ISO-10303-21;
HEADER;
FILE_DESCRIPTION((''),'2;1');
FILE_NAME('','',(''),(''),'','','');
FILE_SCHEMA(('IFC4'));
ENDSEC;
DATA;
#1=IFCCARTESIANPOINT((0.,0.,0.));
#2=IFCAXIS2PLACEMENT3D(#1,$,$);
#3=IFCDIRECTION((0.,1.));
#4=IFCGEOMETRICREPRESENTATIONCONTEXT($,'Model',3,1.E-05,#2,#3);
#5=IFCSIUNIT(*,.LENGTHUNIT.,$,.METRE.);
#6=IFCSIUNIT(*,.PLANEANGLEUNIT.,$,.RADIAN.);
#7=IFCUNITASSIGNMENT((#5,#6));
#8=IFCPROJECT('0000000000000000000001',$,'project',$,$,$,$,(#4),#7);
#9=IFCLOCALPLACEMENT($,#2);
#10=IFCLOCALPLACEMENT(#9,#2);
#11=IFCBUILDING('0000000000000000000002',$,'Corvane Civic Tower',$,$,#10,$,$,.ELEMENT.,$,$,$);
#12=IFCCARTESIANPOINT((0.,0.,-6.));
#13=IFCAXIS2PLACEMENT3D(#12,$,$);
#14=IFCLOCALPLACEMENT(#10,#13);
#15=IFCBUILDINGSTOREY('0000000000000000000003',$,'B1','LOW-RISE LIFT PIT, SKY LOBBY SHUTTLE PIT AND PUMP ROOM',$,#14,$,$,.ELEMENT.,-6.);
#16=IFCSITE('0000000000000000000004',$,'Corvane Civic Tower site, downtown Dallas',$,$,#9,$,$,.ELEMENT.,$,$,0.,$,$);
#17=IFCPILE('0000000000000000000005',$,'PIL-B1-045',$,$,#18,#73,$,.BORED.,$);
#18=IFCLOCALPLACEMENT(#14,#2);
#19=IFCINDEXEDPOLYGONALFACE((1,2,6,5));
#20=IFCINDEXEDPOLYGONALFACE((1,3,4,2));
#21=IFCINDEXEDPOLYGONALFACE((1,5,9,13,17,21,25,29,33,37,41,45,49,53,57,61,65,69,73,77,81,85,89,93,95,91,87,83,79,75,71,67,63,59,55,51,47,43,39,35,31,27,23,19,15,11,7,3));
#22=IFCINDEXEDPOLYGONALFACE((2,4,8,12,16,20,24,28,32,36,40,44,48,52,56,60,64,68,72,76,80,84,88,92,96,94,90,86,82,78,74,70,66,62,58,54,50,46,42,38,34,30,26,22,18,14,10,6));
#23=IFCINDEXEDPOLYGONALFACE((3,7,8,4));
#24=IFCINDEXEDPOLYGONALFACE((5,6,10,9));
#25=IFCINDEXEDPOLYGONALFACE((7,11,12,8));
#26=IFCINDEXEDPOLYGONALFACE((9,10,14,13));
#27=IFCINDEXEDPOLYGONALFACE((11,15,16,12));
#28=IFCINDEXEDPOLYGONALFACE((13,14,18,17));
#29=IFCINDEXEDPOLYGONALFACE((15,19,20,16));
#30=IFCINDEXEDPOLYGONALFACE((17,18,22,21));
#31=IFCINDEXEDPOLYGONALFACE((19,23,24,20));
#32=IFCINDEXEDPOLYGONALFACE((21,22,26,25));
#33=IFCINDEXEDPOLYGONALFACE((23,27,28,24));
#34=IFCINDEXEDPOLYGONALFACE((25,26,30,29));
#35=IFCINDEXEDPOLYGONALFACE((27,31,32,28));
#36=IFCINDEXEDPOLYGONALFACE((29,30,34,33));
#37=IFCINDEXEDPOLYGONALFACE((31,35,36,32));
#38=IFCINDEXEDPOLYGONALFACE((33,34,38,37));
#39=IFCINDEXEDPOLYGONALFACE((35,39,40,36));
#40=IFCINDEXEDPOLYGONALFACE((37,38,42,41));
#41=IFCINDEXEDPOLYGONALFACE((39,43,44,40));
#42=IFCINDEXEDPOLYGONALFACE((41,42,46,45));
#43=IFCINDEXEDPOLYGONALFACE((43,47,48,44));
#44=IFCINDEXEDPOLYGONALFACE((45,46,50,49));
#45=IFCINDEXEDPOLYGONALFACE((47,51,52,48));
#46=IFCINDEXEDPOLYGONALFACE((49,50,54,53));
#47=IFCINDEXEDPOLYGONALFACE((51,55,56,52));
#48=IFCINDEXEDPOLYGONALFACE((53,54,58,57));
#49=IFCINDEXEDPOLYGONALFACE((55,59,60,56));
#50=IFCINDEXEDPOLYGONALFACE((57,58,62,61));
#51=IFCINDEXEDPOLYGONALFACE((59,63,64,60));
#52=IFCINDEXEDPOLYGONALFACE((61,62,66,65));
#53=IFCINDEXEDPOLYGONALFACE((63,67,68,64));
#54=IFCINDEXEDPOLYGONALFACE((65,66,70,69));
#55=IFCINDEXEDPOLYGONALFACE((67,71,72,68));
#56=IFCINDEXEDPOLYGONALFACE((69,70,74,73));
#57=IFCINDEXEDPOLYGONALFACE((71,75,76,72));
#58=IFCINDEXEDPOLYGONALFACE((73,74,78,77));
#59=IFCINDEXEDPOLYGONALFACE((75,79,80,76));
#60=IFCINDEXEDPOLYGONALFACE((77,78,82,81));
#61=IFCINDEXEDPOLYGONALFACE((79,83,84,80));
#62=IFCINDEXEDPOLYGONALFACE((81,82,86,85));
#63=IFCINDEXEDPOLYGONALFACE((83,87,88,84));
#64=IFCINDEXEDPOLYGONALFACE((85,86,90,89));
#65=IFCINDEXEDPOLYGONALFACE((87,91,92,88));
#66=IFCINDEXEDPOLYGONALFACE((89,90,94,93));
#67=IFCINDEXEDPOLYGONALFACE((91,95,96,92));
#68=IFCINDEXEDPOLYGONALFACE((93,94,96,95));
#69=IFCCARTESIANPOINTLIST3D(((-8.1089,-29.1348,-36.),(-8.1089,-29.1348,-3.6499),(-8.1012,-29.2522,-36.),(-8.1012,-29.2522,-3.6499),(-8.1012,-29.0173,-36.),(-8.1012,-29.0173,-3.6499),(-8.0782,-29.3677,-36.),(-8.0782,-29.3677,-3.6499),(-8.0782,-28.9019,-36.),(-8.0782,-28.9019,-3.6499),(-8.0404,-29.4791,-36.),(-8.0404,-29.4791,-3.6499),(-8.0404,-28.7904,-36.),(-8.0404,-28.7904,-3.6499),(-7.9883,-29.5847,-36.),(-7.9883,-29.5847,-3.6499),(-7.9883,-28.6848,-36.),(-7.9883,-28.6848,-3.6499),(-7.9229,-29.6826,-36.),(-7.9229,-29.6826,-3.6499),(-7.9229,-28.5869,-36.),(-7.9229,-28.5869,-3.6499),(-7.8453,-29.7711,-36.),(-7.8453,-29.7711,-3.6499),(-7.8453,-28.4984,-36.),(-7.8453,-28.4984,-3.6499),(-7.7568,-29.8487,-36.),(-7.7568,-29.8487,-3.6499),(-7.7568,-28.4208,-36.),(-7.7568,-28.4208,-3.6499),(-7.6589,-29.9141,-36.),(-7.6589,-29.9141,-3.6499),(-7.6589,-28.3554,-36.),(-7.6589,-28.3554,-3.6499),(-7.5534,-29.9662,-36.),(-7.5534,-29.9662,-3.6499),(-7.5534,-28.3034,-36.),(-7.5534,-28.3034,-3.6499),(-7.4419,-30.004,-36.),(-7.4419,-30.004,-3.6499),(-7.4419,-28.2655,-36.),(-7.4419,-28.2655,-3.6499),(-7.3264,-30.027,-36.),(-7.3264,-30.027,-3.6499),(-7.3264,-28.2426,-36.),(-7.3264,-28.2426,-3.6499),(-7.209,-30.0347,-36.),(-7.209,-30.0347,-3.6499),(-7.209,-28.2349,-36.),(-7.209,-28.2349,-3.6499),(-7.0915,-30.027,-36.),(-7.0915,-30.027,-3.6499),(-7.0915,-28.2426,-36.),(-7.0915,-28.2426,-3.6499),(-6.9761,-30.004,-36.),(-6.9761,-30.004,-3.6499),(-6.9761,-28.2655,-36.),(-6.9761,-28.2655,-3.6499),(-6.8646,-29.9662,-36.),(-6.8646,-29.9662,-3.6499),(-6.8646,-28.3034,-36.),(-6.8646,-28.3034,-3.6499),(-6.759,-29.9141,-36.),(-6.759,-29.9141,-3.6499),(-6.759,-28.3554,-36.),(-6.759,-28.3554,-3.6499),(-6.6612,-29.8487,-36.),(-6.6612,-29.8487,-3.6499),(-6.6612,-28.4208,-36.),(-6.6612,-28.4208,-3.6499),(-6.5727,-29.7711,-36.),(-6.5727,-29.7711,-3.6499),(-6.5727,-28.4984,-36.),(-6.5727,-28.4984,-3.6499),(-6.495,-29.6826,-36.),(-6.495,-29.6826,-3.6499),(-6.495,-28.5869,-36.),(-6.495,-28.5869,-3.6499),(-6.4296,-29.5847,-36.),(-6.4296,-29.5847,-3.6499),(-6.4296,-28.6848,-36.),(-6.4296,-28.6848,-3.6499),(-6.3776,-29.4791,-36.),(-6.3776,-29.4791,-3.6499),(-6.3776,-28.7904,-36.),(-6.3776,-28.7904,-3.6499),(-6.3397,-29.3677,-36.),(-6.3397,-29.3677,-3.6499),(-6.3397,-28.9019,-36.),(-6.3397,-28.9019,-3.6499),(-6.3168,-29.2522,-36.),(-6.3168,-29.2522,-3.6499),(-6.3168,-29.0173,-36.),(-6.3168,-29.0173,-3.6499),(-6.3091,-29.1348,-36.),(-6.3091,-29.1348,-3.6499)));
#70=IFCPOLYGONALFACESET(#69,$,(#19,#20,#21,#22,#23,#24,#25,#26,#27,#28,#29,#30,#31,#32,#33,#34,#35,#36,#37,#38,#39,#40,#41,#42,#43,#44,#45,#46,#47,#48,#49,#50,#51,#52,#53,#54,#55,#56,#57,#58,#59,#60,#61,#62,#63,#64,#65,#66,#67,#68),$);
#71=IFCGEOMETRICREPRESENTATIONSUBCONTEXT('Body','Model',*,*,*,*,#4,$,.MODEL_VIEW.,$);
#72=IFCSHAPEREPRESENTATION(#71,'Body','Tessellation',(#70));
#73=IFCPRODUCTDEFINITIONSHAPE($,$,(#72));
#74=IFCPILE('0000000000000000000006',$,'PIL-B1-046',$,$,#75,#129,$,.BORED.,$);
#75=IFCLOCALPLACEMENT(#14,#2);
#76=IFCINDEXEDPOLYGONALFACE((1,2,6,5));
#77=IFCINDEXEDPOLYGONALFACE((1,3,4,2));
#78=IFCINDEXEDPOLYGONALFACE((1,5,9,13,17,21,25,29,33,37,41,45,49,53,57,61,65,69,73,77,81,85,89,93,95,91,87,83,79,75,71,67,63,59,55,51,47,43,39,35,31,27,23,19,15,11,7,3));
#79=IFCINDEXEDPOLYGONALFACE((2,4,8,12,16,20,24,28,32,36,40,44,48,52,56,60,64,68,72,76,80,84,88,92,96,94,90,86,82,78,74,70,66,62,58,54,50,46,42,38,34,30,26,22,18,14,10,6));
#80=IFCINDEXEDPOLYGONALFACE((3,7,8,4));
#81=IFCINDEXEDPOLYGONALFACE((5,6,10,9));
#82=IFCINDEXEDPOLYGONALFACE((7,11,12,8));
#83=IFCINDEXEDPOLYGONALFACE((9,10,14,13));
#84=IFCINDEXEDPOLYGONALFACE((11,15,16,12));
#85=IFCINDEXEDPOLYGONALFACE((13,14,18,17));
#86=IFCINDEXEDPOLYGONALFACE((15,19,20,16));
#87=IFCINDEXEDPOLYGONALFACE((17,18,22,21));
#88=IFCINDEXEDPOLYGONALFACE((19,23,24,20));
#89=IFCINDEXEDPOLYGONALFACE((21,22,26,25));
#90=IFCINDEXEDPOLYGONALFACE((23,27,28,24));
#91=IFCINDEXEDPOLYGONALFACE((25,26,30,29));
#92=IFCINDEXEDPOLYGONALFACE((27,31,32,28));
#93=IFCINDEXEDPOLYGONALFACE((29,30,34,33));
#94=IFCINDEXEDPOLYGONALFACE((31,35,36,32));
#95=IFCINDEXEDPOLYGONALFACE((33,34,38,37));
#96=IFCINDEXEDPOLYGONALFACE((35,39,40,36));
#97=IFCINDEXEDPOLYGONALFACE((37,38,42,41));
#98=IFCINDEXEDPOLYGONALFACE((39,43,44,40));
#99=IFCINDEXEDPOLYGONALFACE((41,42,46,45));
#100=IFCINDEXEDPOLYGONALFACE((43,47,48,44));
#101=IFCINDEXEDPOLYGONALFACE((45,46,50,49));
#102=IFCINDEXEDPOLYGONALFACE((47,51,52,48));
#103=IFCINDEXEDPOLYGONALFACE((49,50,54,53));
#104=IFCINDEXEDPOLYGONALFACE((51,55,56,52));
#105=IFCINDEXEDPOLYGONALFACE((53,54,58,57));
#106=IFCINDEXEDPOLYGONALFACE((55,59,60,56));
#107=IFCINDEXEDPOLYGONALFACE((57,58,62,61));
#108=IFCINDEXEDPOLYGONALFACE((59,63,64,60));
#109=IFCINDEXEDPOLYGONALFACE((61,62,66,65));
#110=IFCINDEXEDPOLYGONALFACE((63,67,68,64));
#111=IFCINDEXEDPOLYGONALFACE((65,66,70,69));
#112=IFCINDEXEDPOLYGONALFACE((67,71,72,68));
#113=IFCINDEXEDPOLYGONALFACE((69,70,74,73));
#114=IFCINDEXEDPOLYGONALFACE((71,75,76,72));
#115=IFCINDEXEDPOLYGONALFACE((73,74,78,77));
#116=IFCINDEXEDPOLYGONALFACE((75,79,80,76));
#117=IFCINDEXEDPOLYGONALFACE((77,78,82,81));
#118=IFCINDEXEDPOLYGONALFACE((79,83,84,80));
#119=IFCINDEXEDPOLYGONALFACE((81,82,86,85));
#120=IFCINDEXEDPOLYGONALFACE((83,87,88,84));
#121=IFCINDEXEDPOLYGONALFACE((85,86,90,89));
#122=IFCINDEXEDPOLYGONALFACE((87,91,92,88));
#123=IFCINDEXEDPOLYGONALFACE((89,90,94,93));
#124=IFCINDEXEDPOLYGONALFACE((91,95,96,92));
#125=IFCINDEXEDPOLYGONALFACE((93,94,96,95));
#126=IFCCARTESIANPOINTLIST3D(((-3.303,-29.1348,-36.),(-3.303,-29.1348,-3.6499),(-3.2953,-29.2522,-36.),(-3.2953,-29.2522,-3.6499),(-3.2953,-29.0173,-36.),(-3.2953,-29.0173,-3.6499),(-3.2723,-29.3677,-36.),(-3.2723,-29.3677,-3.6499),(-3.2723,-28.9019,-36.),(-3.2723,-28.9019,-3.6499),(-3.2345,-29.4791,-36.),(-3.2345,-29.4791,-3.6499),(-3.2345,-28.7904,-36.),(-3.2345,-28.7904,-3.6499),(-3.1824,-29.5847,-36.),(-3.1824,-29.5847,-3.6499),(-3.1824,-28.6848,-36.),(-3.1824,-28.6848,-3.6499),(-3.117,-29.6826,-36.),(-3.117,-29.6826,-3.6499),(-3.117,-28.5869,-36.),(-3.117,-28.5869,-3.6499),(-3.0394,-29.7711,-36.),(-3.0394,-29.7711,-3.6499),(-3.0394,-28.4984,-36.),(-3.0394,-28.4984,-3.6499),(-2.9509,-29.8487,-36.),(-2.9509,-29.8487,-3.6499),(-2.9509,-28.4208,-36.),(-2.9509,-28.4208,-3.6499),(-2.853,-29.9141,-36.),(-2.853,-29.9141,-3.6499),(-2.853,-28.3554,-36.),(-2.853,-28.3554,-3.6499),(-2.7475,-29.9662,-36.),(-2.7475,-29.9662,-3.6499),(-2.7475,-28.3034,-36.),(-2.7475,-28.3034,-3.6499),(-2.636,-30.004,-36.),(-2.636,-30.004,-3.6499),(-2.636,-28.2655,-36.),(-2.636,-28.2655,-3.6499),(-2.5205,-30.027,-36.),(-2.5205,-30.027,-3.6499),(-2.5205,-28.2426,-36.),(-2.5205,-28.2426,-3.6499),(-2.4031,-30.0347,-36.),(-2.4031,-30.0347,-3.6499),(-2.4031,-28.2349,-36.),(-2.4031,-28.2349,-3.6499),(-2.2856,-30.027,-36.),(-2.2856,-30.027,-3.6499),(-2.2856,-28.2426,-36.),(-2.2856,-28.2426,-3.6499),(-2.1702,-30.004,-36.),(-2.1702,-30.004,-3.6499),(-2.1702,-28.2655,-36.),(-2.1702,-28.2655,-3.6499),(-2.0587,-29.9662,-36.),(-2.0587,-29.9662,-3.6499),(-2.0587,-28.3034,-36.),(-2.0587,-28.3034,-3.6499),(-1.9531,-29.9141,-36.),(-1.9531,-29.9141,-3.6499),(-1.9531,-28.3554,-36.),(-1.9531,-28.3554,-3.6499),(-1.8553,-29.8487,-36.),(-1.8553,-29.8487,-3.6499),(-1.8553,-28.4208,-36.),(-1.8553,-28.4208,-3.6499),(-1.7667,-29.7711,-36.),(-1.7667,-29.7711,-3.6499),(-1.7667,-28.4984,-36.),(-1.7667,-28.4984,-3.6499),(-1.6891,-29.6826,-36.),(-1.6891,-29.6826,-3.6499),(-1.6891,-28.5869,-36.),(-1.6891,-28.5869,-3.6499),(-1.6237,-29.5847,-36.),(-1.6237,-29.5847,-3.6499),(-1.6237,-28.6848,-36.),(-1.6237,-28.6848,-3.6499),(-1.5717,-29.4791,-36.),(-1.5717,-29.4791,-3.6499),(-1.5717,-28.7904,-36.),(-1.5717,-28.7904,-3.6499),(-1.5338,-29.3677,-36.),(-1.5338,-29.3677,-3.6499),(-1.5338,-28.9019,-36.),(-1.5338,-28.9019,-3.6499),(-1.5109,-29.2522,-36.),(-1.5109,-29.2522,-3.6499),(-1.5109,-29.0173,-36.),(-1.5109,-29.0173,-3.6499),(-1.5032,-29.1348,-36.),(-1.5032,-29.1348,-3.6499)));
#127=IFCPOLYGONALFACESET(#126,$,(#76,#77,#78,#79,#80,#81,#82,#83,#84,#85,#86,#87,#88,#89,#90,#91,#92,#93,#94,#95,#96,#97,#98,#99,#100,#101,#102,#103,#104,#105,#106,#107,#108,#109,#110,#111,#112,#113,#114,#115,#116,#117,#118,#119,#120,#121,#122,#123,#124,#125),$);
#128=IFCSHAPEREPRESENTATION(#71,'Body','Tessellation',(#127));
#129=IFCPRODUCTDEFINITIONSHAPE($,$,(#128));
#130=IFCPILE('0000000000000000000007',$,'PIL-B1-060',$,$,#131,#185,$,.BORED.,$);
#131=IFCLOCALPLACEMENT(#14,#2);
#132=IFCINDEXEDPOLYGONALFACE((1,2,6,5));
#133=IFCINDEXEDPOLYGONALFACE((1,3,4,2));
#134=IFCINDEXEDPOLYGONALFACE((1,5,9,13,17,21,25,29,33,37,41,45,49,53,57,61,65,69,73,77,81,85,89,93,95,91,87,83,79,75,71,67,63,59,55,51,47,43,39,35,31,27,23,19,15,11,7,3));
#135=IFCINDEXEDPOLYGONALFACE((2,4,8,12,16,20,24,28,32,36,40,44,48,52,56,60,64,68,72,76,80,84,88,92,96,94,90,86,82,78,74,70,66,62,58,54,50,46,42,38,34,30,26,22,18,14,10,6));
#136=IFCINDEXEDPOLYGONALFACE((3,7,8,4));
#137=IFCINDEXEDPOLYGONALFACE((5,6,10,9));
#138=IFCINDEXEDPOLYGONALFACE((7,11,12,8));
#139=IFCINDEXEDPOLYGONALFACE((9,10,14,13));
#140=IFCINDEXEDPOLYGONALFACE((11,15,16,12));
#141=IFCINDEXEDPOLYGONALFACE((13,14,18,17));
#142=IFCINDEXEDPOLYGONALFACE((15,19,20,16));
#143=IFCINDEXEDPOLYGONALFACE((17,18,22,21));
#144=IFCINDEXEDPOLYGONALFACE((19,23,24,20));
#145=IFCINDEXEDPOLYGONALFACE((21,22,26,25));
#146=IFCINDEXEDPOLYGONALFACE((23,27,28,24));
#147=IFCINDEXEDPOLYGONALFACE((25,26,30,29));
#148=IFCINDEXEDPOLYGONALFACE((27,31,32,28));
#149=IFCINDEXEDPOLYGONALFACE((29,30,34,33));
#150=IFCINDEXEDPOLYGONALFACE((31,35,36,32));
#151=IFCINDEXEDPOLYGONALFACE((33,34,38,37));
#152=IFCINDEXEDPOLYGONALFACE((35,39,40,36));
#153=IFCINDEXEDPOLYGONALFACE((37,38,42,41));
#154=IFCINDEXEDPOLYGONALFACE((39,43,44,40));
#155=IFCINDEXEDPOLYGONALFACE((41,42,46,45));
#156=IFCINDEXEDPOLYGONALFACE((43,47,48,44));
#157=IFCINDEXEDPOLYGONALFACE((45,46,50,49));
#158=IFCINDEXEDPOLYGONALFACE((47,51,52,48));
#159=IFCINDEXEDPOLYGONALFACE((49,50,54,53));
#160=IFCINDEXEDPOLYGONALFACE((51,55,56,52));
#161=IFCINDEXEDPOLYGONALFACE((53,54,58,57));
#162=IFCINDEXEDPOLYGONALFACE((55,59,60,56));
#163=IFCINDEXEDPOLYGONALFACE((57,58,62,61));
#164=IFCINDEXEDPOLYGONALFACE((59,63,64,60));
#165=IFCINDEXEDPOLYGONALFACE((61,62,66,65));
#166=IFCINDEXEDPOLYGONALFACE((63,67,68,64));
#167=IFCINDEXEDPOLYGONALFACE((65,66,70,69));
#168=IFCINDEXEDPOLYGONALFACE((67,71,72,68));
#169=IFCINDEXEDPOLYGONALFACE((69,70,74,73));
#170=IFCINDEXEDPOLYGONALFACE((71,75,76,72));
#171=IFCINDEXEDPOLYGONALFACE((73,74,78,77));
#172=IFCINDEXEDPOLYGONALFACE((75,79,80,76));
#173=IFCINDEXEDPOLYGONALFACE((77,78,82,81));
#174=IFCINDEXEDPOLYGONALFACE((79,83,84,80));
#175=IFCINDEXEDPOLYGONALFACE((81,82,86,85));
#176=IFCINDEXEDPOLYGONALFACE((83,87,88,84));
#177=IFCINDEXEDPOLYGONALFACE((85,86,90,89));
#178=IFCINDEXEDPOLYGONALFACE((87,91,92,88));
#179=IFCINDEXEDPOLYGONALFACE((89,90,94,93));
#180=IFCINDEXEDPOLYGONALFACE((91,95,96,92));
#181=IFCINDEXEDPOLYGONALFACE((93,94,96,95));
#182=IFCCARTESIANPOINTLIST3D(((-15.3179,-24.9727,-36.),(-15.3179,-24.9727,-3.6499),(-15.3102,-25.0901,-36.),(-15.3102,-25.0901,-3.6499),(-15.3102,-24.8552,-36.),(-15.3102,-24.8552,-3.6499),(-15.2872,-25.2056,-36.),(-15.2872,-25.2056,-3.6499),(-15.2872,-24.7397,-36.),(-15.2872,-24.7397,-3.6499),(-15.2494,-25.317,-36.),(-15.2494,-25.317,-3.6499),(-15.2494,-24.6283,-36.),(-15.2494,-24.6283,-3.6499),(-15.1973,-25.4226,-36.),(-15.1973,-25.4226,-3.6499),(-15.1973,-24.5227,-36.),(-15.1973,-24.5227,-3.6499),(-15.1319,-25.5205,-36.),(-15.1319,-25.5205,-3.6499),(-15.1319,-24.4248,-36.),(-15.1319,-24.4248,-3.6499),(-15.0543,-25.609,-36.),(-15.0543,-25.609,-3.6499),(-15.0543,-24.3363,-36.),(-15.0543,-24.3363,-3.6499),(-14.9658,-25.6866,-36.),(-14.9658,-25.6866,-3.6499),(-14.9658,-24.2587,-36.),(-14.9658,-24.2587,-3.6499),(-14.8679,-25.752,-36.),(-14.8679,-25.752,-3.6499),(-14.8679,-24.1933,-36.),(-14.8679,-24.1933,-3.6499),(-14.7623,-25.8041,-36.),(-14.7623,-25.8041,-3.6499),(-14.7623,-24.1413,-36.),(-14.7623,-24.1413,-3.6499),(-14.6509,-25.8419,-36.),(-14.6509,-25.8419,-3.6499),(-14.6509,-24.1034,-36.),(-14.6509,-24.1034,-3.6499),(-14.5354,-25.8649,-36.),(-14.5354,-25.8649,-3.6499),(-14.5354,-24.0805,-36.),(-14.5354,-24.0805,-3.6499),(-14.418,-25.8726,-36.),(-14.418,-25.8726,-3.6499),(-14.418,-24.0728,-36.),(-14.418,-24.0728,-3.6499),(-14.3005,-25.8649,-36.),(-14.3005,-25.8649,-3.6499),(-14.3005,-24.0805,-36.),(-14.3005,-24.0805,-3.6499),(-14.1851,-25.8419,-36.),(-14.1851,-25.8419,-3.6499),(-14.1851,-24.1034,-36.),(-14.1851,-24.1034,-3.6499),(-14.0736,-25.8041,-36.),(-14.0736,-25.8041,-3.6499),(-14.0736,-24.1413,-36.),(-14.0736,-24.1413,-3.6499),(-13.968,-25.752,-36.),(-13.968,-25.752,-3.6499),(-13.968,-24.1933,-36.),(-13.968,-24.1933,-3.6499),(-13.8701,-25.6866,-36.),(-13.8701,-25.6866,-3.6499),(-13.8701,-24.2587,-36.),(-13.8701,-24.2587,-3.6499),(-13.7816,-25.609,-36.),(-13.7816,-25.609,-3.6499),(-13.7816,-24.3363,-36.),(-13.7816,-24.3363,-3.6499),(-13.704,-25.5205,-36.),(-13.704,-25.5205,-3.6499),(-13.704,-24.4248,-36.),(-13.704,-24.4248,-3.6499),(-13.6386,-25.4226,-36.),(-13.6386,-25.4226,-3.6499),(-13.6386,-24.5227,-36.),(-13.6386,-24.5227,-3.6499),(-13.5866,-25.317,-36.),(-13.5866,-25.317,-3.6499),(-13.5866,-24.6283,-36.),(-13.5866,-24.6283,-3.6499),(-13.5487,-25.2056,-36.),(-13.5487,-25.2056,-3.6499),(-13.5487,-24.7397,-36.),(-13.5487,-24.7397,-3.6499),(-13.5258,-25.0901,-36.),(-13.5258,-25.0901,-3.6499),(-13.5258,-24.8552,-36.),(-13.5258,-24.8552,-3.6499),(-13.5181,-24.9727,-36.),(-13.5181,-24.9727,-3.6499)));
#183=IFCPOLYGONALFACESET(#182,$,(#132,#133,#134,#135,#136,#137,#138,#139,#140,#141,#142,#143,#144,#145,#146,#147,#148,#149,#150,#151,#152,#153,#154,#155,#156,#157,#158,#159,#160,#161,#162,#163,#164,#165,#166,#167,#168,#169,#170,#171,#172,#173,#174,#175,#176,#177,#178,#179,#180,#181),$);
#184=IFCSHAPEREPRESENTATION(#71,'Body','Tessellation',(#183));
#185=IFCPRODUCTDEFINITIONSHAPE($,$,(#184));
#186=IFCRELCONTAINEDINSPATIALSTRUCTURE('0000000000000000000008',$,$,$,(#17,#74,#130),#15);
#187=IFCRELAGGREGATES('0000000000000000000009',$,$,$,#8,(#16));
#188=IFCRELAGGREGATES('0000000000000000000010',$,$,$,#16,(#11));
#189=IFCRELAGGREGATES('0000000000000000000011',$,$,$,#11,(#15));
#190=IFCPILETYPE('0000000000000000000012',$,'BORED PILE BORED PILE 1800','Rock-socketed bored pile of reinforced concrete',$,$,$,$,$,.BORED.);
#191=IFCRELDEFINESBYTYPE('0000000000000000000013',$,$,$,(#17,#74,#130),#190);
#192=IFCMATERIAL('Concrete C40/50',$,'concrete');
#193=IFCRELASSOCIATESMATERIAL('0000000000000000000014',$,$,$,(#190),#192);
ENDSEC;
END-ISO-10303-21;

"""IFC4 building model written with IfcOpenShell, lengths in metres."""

from ifc_helpers import new_model, si_unit, direction, frame, origin, origin_2d, place, context, subcontext, project, spatial, circle, extrude, material, material_profile, profile_set, type_object, element, save


model = new_model("IFC4")

# Units and contexts
model_context = context("Model", 3, precision=1e-05, world=origin(), true_north=direction((0.0, 1.0)))
body_context = subcontext(model_context, "Body", "Model", "MODEL_VIEW")
ifc_project = project(units=[si_unit("LENGTHUNIT", "METRE"), si_unit("PLANEANGLEUNIT", "RADIAN")], contexts=[model_context])

# Site, building, storey
site_placement = place(None, origin())
site = spatial("IfcSite", under=ifc_project, at=site_placement, Name="Corvane Civic Tower site, downtown Dallas", CompositionType="ELEMENT", RefElevation=0.0)
building_placement = place(site_placement, origin())
building = spatial("IfcBuilding", under=site, at=building_placement, Name="Corvane Civic Tower", CompositionType="ELEMENT")
storey_placement = place(building_placement, frame((0.0, 0.0, -6.0)))
storey = spatial("IfcBuildingStorey", under=building, at=storey_placement, Name="B1", Description="LOW-RISE LIFT PIT, SKY LOBBY SHUTTLE PIT AND PUMP ROOM", CompositionType="ELEMENT", Elevation=-6.0)

# Piles
ifc_material_1 = material(Name="Concrete C40/50", Category="concrete")
ifc_material_profile_1 = material_profile(ifc_material_1, circle(Radius=0.8999, at=origin_2d()), Name="BORED PILE 1800")
ifc_profile_set_1 = profile_set([ifc_material_profile_1], Name="Concrete C40/50")
pile_type = type_object("IfcPileType", Name="BORED PILE BORED PILE 1800", Description="Rock-socketed bored pile of reinforced concrete", PredefinedType="BORED", material=ifc_profile_set_1)
for number, where, z_axis, x_axis, name in (
    (1, (-7.209, -29.1348, -3.6499), (0.0, 0.0, -1.0), (1.0, 0.0, 0.0), "PIL-B1-045"),
    (2, (-2.4031, -29.1348, -3.6499), (0.0, 0.0, -1.0), (1.0, 0.0, 0.0), "PIL-B1-046"),
    (3, (-14.418, -24.9727, -3.6499), (0.0, 0.0, -1.0), (1.0, 0.0, 0.0), "PIL-B1-060"),
):
    element("IfcPile", number, at=place(storey_placement, frame(where, z_axis=z_axis, x_axis=x_axis)), inside=storey, type_object=pile_type, Name=name, PredefinedType="BORED", context=body_context, shape_type="SweptSolid", body=[
        extrude(circle(Radius=0.8999, at=origin_2d()), origin(), (0.0, 0.0, 1.0), 32.3501),
    ])

save(model, "model.ifc")
